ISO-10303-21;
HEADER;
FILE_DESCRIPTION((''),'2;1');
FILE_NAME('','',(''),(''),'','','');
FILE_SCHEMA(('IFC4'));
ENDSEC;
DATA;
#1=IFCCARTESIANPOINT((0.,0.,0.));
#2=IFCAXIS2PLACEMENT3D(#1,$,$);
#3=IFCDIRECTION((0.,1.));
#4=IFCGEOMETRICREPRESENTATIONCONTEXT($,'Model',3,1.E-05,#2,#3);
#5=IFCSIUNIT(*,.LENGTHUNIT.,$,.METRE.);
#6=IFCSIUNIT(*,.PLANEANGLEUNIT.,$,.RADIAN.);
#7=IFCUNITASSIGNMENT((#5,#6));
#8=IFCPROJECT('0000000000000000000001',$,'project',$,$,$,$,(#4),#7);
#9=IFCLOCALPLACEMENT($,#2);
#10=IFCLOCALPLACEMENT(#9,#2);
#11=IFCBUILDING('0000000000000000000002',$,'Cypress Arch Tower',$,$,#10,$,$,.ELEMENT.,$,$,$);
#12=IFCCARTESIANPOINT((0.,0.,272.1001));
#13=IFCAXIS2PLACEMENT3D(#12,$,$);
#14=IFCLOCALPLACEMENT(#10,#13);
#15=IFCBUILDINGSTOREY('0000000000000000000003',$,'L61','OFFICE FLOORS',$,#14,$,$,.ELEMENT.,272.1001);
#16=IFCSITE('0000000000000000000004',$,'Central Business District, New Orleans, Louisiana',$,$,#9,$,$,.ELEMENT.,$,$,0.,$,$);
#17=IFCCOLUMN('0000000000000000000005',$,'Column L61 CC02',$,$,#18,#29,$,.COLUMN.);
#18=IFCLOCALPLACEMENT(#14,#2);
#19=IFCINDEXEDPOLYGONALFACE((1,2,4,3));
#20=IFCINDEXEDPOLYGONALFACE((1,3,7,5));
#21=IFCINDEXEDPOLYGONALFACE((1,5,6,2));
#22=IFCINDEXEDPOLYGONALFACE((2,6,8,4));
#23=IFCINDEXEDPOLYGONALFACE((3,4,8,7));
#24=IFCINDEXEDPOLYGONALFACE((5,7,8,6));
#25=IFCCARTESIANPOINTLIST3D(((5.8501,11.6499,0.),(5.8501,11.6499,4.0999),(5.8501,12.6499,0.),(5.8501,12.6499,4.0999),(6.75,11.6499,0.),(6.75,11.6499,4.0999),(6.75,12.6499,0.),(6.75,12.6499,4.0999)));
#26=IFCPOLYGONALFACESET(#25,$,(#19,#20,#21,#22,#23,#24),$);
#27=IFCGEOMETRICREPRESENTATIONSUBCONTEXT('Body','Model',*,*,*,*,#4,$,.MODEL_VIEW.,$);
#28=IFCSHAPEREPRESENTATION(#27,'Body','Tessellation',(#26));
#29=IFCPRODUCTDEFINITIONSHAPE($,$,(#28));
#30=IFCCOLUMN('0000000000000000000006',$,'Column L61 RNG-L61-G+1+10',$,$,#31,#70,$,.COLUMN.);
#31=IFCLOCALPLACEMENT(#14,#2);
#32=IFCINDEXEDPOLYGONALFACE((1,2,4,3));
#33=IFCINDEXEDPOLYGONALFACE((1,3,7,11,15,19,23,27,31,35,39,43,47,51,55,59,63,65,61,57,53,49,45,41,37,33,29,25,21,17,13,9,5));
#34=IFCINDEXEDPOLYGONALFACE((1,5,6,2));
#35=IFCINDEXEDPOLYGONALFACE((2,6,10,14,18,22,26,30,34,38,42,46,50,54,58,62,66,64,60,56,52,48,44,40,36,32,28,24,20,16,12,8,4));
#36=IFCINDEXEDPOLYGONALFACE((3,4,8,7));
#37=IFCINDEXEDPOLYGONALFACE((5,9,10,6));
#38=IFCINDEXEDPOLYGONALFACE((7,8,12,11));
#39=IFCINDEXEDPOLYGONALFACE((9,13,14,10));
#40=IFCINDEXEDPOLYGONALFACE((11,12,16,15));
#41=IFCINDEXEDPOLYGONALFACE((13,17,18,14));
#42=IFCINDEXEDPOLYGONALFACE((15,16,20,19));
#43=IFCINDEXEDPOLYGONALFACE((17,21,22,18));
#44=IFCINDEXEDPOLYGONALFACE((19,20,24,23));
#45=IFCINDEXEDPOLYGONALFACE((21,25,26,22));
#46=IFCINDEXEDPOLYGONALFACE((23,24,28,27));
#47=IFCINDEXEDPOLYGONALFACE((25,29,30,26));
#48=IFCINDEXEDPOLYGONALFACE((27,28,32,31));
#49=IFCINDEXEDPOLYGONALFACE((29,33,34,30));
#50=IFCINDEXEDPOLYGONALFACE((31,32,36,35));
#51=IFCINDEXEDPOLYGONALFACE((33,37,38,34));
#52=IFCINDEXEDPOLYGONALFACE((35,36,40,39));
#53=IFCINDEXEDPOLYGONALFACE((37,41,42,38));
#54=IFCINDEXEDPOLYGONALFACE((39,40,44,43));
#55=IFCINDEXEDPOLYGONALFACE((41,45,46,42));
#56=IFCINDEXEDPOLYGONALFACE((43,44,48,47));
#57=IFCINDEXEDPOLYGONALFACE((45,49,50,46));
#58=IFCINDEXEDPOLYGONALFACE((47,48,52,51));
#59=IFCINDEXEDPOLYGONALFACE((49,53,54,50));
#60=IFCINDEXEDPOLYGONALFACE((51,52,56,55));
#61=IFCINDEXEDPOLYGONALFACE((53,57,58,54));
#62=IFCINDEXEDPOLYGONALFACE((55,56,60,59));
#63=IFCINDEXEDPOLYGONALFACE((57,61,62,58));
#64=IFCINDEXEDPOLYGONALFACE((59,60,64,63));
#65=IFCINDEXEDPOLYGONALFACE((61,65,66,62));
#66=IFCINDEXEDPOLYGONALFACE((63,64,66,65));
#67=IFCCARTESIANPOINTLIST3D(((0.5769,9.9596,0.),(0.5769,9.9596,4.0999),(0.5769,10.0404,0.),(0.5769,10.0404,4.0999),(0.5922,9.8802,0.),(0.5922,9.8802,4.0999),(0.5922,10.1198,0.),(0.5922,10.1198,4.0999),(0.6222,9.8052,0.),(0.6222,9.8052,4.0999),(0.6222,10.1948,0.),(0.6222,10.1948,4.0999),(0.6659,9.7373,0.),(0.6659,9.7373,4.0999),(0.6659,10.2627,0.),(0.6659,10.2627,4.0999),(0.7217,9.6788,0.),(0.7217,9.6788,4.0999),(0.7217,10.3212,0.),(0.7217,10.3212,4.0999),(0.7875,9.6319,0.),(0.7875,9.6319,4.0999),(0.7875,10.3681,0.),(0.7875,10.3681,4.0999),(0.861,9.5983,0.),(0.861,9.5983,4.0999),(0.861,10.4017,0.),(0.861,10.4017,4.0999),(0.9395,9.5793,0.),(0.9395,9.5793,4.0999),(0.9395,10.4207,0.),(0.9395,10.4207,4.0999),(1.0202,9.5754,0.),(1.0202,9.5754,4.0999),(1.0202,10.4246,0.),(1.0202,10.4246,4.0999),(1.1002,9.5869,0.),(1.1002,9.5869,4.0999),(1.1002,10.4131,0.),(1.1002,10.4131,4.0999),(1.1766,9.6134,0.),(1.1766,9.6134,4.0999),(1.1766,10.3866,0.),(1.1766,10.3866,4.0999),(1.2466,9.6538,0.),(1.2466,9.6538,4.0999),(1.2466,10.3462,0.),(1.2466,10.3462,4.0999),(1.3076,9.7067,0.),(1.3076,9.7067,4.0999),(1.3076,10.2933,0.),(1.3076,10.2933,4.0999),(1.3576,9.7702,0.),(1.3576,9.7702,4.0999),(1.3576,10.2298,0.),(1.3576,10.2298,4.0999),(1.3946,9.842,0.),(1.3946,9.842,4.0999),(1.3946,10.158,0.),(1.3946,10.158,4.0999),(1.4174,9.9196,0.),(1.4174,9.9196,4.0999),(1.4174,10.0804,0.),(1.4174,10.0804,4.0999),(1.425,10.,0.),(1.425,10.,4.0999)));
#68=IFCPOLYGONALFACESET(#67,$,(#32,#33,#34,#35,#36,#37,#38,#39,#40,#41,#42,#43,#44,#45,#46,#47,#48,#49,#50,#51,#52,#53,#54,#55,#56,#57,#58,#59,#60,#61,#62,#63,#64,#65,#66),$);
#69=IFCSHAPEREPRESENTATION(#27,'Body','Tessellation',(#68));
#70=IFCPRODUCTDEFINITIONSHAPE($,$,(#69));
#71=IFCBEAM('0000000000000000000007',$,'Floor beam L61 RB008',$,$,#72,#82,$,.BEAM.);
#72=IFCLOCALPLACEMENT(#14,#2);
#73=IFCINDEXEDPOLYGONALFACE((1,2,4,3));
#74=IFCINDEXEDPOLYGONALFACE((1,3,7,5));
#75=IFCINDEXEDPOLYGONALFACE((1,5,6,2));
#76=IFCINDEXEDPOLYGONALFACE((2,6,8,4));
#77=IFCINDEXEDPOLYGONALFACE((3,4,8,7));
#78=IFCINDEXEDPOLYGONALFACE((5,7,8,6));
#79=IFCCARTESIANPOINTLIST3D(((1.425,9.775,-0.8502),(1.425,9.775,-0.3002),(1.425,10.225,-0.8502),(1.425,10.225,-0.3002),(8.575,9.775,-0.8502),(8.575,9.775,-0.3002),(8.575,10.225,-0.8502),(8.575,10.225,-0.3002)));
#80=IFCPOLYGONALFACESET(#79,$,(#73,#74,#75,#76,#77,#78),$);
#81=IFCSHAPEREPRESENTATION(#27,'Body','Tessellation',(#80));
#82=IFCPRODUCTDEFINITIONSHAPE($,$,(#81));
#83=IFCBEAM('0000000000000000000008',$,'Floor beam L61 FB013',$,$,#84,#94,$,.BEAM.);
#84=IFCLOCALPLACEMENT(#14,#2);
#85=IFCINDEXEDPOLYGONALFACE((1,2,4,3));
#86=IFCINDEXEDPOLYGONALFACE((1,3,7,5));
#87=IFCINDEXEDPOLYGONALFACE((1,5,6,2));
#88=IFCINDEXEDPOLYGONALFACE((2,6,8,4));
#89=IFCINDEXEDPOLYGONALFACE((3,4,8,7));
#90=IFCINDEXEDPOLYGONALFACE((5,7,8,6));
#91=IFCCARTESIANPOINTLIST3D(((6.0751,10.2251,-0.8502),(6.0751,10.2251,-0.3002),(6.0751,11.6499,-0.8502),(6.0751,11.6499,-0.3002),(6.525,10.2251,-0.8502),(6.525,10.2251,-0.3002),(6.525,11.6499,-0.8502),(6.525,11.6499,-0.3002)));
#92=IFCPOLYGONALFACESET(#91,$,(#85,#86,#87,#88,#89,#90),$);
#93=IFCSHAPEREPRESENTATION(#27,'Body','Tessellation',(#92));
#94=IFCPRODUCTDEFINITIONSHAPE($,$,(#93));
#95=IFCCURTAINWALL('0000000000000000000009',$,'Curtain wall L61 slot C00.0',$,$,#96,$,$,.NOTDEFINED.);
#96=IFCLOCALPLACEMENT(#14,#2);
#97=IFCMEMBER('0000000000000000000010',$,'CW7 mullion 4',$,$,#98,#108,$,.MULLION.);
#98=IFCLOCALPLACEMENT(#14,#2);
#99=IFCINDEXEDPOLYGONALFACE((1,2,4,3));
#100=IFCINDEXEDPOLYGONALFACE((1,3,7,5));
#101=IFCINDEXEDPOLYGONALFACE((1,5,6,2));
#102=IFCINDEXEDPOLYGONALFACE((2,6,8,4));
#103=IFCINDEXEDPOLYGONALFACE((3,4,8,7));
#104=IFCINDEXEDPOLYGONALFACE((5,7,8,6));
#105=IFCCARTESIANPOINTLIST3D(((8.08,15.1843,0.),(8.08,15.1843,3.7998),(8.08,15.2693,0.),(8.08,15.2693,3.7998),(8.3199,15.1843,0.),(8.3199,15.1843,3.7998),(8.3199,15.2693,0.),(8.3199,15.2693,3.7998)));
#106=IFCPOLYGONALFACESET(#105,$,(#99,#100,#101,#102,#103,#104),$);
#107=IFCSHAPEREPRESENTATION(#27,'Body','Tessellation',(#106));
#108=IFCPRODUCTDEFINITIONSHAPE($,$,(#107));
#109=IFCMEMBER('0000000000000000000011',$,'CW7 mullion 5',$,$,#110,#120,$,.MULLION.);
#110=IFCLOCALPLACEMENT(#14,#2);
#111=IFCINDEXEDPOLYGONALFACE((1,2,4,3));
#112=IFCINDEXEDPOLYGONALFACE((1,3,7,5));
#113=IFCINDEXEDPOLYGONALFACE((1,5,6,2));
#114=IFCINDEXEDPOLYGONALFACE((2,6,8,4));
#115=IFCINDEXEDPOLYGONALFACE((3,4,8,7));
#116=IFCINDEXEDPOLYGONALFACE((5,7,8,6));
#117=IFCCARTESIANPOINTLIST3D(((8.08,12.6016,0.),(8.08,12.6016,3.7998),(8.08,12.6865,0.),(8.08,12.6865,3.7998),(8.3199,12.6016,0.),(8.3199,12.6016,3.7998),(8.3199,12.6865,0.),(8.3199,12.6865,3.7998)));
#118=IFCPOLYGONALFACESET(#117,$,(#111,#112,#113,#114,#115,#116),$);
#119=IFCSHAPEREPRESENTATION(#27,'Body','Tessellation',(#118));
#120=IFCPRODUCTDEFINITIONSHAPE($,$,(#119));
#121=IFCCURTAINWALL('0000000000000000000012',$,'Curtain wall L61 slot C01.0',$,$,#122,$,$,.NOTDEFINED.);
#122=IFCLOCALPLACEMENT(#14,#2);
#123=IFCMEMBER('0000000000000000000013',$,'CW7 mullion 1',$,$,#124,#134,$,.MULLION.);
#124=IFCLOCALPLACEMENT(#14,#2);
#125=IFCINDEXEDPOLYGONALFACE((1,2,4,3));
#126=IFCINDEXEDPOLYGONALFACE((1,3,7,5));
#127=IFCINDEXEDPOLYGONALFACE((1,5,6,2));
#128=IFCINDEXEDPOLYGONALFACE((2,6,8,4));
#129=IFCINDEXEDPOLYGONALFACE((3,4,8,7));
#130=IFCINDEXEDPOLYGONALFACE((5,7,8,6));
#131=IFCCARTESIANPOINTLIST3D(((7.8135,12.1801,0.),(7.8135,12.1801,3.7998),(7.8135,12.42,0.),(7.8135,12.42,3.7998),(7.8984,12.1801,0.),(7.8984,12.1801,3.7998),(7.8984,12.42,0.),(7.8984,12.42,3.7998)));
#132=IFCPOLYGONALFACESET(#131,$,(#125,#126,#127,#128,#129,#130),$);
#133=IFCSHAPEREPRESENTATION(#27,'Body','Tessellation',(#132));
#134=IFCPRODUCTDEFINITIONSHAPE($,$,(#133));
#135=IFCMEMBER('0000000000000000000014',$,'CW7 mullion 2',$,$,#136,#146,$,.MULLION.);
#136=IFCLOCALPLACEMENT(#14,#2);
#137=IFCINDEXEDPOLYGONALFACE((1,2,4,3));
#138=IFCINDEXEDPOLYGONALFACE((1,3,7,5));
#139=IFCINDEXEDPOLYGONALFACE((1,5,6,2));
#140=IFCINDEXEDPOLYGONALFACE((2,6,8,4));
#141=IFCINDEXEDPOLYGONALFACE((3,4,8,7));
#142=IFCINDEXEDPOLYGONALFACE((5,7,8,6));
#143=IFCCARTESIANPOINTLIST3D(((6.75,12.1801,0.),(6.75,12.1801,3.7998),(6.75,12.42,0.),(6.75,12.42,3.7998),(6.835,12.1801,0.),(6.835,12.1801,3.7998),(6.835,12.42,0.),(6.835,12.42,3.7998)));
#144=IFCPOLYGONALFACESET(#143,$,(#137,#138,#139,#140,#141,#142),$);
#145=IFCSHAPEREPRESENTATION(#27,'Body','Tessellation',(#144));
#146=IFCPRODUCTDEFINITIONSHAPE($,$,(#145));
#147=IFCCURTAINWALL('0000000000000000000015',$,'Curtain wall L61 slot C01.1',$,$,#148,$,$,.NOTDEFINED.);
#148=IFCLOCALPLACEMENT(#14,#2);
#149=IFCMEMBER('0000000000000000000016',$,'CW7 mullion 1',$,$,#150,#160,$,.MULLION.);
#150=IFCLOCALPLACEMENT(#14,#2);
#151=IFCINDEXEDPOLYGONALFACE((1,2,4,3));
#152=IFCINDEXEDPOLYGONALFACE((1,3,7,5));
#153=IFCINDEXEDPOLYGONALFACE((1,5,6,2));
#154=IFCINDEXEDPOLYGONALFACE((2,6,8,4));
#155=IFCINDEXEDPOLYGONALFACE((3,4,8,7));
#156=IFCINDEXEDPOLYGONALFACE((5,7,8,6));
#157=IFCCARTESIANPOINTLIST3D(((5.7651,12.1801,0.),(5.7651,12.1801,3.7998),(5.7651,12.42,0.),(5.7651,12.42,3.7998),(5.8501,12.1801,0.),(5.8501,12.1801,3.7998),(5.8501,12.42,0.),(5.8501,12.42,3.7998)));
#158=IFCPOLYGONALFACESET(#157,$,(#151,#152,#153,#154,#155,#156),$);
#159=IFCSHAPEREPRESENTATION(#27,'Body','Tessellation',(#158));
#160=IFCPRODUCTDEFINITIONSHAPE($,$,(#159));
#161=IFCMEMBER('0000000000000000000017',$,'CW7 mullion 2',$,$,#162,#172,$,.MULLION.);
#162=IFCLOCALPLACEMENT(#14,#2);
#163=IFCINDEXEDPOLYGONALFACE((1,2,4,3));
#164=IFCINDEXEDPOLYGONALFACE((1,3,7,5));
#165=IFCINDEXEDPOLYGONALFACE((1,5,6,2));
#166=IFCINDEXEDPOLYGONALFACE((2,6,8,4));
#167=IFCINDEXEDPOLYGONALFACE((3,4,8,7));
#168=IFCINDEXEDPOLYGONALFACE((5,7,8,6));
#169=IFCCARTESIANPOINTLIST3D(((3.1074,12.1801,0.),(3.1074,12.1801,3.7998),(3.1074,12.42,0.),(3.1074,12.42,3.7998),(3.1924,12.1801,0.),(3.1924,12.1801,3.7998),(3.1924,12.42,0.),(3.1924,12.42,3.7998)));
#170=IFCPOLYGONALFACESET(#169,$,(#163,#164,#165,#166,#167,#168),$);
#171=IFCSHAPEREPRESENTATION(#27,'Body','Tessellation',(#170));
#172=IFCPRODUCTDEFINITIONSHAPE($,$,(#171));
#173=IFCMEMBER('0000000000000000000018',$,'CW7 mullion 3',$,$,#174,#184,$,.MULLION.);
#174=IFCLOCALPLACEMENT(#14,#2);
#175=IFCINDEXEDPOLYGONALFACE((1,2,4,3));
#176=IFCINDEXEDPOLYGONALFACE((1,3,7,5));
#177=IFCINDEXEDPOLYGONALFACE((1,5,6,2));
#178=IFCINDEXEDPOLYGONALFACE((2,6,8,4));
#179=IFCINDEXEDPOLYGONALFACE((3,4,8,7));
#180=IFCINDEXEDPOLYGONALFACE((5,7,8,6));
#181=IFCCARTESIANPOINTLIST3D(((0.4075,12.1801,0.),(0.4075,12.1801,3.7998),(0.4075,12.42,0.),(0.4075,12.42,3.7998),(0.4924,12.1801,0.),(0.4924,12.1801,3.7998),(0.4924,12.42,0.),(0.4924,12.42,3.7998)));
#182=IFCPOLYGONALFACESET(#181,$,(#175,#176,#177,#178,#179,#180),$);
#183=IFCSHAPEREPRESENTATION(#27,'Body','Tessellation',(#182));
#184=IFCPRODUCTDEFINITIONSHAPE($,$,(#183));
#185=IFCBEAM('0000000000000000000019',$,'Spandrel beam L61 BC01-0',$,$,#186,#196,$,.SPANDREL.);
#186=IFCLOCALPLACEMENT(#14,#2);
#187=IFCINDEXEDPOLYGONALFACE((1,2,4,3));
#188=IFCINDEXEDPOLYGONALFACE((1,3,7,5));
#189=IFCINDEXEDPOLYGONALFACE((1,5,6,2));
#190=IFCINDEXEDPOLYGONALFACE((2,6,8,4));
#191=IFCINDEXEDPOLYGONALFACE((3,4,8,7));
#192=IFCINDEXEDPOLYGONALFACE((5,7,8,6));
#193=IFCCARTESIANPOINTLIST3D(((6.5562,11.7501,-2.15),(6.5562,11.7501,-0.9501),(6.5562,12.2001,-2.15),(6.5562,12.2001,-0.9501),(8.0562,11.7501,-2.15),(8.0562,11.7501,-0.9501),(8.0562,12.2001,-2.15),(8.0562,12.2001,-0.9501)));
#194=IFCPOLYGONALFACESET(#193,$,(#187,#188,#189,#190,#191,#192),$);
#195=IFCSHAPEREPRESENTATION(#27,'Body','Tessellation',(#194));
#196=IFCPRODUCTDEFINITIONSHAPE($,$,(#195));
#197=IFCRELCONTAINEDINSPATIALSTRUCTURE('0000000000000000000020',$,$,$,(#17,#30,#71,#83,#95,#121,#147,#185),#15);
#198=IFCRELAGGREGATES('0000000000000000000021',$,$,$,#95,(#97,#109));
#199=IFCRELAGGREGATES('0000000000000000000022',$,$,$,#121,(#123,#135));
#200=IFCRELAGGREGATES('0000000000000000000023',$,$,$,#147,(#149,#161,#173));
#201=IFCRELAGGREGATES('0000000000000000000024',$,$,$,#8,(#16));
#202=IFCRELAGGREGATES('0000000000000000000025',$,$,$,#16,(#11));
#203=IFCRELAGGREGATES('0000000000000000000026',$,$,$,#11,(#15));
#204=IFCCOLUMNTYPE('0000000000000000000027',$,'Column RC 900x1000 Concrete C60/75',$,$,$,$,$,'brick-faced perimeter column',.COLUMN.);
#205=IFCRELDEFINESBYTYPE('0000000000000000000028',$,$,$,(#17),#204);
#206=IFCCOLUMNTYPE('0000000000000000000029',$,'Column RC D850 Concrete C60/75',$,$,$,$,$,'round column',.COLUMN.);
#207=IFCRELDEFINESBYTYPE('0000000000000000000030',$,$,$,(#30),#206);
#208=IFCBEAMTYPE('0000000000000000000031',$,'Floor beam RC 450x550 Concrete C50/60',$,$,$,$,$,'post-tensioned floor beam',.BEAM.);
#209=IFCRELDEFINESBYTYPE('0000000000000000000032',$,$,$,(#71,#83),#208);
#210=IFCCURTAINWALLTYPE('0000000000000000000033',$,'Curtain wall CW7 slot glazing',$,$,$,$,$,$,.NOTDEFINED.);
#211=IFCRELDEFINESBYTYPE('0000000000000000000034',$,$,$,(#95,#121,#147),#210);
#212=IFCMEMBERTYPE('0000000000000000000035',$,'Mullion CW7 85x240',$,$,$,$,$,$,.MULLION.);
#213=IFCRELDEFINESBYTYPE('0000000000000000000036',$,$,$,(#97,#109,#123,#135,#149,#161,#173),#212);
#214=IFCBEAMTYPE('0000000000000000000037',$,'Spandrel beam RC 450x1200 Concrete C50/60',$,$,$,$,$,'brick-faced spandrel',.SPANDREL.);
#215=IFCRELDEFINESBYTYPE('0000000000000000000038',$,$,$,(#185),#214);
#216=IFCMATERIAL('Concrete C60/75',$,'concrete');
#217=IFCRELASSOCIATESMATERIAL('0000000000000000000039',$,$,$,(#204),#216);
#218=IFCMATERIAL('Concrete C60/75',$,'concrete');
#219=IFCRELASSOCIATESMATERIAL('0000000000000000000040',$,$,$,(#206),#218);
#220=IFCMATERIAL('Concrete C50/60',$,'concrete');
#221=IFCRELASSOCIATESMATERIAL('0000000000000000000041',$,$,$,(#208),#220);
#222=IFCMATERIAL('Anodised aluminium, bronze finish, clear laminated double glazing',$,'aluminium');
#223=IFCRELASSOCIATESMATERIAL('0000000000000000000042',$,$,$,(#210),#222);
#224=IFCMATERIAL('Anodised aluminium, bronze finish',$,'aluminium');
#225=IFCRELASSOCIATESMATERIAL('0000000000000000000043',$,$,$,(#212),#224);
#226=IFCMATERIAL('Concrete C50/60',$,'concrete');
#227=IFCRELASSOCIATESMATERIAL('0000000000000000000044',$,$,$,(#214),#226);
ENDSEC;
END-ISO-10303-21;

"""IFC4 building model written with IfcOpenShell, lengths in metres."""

from ifc_helpers import new_model, si_unit, direction, frame, origin, origin_2d, place, context, subcontext, project, spatial, rectangle, circle, extrude, material, material_profile, profile_set, type_object, element, aggregate, save


model = new_model("IFC4")

# Units and contexts
model_context = context("Model", 3, precision=1e-05, world=origin(), true_north=direction((0.0, 1.0)))
body_context = subcontext(model_context, "Body", "Model", "MODEL_VIEW")
ifc_project = project(units=[si_unit("LENGTHUNIT", "METRE"), si_unit("PLANEANGLEUNIT", "RADIAN")], contexts=[model_context])

# Site, building, storey
site_placement = place(None, origin())
site = spatial("IfcSite", under=ifc_project, at=site_placement, Name="Central Business District, New Orleans, Louisiana", CompositionType="ELEMENT", RefElevation=0.0)
building_placement = place(site_placement, origin())
building = spatial("IfcBuilding", under=site, at=building_placement, Name="Cypress Arch Tower", CompositionType="ELEMENT")
storey_placement = place(building_placement, frame((0.0, 0.0, 272.1001)))
storey = spatial("IfcBuildingStorey", under=building, at=storey_placement, Name="L61", Description="OFFICE FLOORS", CompositionType="ELEMENT", Elevation=272.1001)

# Columns
ifc_material_1 = material(Name="Concrete C60/75", Category="concrete")
ifc_material_profile_1 = material_profile(ifc_material_1, rectangle(XDim=0.8999, YDim=1.0, at=origin_2d()), Name="RC 900x1000")
ifc_profile_set_1 = profile_set([ifc_material_profile_1], Name="Concrete C60/75")
column_type_1 = type_object("IfcColumnType", Name="Column RC 900x1000 Concrete C60/75", ElementType="brick-faced perimeter column", PredefinedType="COLUMN", material=ifc_profile_set_1)
column_1_placement = place(storey_placement, frame((6.3, 12.1499, 0.0), z_axis=(0.0, 0.0, 1.0), x_axis=(-1.0, 0.0, 0.0)))
element("IfcColumn", 1, at=column_1_placement, inside=storey, type_object=column_type_1, Name="Column L61 CC02", PredefinedType="COLUMN", context=body_context, shape_type="SweptSolid", body=[
    extrude(rectangle(XDim=0.8999, YDim=1.0, at=origin_2d()), origin(), (0.0, 0.0, 1.0), 4.0999),
])
ifc_material_2 = material(Name="Concrete C60/75", Category="concrete")
ifc_material_profile_2 = material_profile(ifc_material_2, circle(Radius=0.425, at=origin_2d()), Name="RC D850")
ifc_profile_set_2 = profile_set([ifc_material_profile_2], Name="Concrete C60/75")
column_type_2 = type_object("IfcColumnType", Name="Column RC D850 Concrete C60/75", ElementType="round column", PredefinedType="COLUMN", material=ifc_profile_set_2)
column_2_placement = place(storey_placement, frame((1.0, 10.0, 0.0), z_axis=(0.0, 0.0, 1.0), x_axis=(1.0, 0.0, 0.0)))
element("IfcColumn", 2, at=column_2_placement, inside=storey, type_object=column_type_2, Name="Column L61 RNG-L61-G+1+10", PredefinedType="COLUMN", context=body_context, shape_type="SweptSolid", body=[
    extrude(circle(Radius=0.425, at=origin_2d()), origin(), (0.0, 0.0, 1.0), 4.0999),
])

# Beams
ifc_material_3 = material(Name="Concrete C50/60", Category="concrete")
ifc_material_profile_3 = material_profile(ifc_material_3, rectangle(XDim=0.45, YDim=0.55, at=origin_2d()), Name="RC 450x550")
ifc_profile_set_3 = profile_set([ifc_material_profile_3], Name="Concrete C50/60")
beam_type_1 = type_object("IfcBeamType", Name="Floor beam RC 450x550 Concrete C50/60", ElementType="post-tensioned floor beam", PredefinedType="BEAM", material=ifc_profile_set_3)
beam_1_placement = place(storey_placement, frame((1.425, 10.0, -0.5752), z_axis=(1.0, 0.0, 0.0), x_axis=(0.0, 1.0, 0.0)))
element("IfcBeam", 3, at=beam_1_placement, inside=storey, type_object=beam_type_1, Name="Floor beam L61 RB008", PredefinedType="BEAM", context=body_context, shape_type="SweptSolid", body=[
    extrude(rectangle(XDim=0.45, YDim=0.55, at=origin_2d()), origin(), (0.0, 0.0, 1.0), 7.1499),
])
beam_2_placement = place(storey_placement, frame((6.3, 10.2251, -0.5752), z_axis=(0.0, 1.0, 0.0), x_axis=(-1.0, 0.0, 0.0)))
element("IfcBeam", 4, at=beam_2_placement, inside=storey, type_object=beam_type_1, Name="Floor beam L61 FB013", PredefinedType="BEAM", context=body_context, shape_type="SweptSolid", body=[
    extrude(rectangle(XDim=0.45, YDim=0.55, at=origin_2d()), origin(), (0.0, 0.0, 1.0), 1.4248),
])

# Curtain walls, members
ifc_material_4 = material(Name="Anodised aluminium, bronze finish, clear laminated double glazing", Category="aluminium")
curtain_wall_type = type_object("IfcCurtainWallType", Name="Curtain wall CW7 slot glazing", PredefinedType="NOTDEFINED", material=ifc_material_4)
curtain_wall_1_placement = place(storey_placement, origin())
curtain_wall_1 = element("IfcCurtainWall", 5, at=curtain_wall_1_placement, inside=storey, type_object=curtain_wall_type, Name="Curtain wall L61 slot C00.0", PredefinedType="NOTDEFINED")
ifc_material_5 = material(Name="Anodised aluminium, bronze finish", Category="aluminium")
ifc_material_profile_4 = material_profile(ifc_material_5, rectangle(XDim=0.24, YDim=0.085, at=origin_2d()), Name="Mullion 85x240")
ifc_profile_set_4 = profile_set([ifc_material_profile_4], Name="Anodised aluminium, bronze finish")
member_type_1 = type_object("IfcMemberType", Name="Mullion CW7 85x240", PredefinedType="MULLION", material=ifc_profile_set_4)
member_1_placement = place(storey_placement, frame((8.2, 15.2268, 0.0), z_axis=(0.0, 0.0, 1.0), x_axis=(1.0, 0.0, 0.0)))
member_1 = element("IfcMember", 6, at=member_1_placement, type_object=member_type_1, Name="CW7 mullion 4", PredefinedType="MULLION", context=body_context, shape_type="SweptSolid", body=[
    extrude(rectangle(XDim=0.24, YDim=0.085, at=origin_2d()), origin(), (0.0, 0.0, 1.0), 3.7998),
])
member_2_placement = place(storey_placement, frame((8.2, 12.644, 0.0), z_axis=(0.0, 0.0, 1.0), x_axis=(1.0, 0.0, 0.0)))
member_2 = element("IfcMember", 7, at=member_2_placement, type_object=member_type_1, Name="CW7 mullion 5", PredefinedType="MULLION", context=body_context, shape_type="SweptSolid", body=[
    extrude(rectangle(XDim=0.24, YDim=0.085, at=origin_2d()), origin(), (0.0, 0.0, 1.0), 3.7998),
])
curtain_wall_2_placement = place(storey_placement, origin())
curtain_wall_2 = element("IfcCurtainWall", 8, at=curtain_wall_2_placement, inside=storey, type_object=curtain_wall_type, Name="Curtain wall L61 slot C01.0", PredefinedType="NOTDEFINED")
member_3_placement = place(storey_placement, frame((7.856, 12.3, 0.0), z_axis=(0.0, 0.0, 1.0), x_axis=(0.0, -1.0, 0.0)))
member_3 = element("IfcMember", 9, at=member_3_placement, type_object=member_type_1, Name="CW7 mullion 1", PredefinedType="MULLION", context=body_context, shape_type="SweptSolid", body=[
    extrude(rectangle(XDim=0.24, YDim=0.085, at=origin_2d()), origin(), (0.0, 0.0, 1.0), 3.7998),
])
member_4_placement = place(storey_placement, frame((6.7925, 12.3, 0.0), z_axis=(0.0, 0.0, 1.0), x_axis=(0.0, -1.0, 0.0)))
member_4 = element("IfcMember", 10, at=member_4_placement, type_object=member_type_1, Name="CW7 mullion 2", PredefinedType="MULLION", context=body_context, shape_type="SweptSolid", body=[
    extrude(rectangle(XDim=0.24, YDim=0.085, at=origin_2d()), origin(), (0.0, 0.0, 1.0), 3.7998),
])
curtain_wall_3_placement = place(storey_placement, origin())
curtain_wall_3 = element("IfcCurtainWall", 11, at=curtain_wall_3_placement, inside=storey, type_object=curtain_wall_type, Name="Curtain wall L61 slot C01.1", PredefinedType="NOTDEFINED")
member_5_placement = place(storey_placement, frame((5.8076, 12.3, 0.0), z_axis=(0.0, 0.0, 1.0), x_axis=(0.0, -1.0, 0.0)))
member_5 = element("IfcMember", 12, at=member_5_placement, type_object=member_type_1, Name="CW7 mullion 1", PredefinedType="MULLION", context=body_context, shape_type="SweptSolid", body=[
    extrude(rectangle(XDim=0.24, YDim=0.085, at=origin_2d()), origin(), (0.0, 0.0, 1.0), 3.7998),
])
member_6_placement = place(storey_placement, frame((3.1499, 12.3, 0.0), z_axis=(0.0, 0.0, 1.0), x_axis=(0.0, -1.0, 0.0)))
member_6 = element("IfcMember", 13, at=member_6_placement, type_object=member_type_1, Name="CW7 mullion 2", PredefinedType="MULLION", context=body_context, shape_type="SweptSolid", body=[
    extrude(rectangle(XDim=0.24, YDim=0.085, at=origin_2d()), origin(), (0.0, 0.0, 1.0), 3.7998),
])
member_7_placement = place(storey_placement, frame((0.45, 12.3, 0.0), z_axis=(0.0, 0.0, 1.0), x_axis=(0.0, -1.0, 0.0)))
member_7 = element("IfcMember", 14, at=member_7_placement, type_object=member_type_1, Name="CW7 mullion 3", PredefinedType="MULLION", context=body_context, shape_type="SweptSolid", body=[
    extrude(rectangle(XDim=0.24, YDim=0.085, at=origin_2d()), origin(), (0.0, 0.0, 1.0), 3.7998),
])

# Beam
ifc_material_6 = material(Name="Concrete C50/60", Category="concrete")
ifc_material_profile_5 = material_profile(ifc_material_6, rectangle(XDim=0.45, YDim=1.2, at=origin_2d()), Name="RC 450x1200")
ifc_profile_set_5 = profile_set([ifc_material_profile_5], Name="Concrete C50/60")
beam_type_2 = type_object("IfcBeamType", Name="Spandrel beam RC 450x1200 Concrete C50/60", ElementType="brick-faced spandrel", PredefinedType="SPANDREL", material=ifc_profile_set_5)
beam_3_placement = place(storey_placement, frame((8.0562, 11.9751, -1.55), z_axis=(-1.0, 0.0, 0.0), x_axis=(0.0, -1.0, 0.0)))
element("IfcBeam", 15, at=beam_3_placement, inside=storey, type_object=beam_type_2, Name="Spandrel beam L61 BC01-0", PredefinedType="SPANDREL", context=body_context, shape_type="SweptSolid", body=[
    extrude(rectangle(XDim=0.45, YDim=1.2, at=origin_2d()), origin(), (0.0, 0.0, 1.0), 1.5),
])

aggregate(curtain_wall_1, [member_1, member_2])
aggregate(curtain_wall_2, [member_3, member_4])
aggregate(curtain_wall_3, [member_5, member_6, member_7])

save(model, "model.ifc")
